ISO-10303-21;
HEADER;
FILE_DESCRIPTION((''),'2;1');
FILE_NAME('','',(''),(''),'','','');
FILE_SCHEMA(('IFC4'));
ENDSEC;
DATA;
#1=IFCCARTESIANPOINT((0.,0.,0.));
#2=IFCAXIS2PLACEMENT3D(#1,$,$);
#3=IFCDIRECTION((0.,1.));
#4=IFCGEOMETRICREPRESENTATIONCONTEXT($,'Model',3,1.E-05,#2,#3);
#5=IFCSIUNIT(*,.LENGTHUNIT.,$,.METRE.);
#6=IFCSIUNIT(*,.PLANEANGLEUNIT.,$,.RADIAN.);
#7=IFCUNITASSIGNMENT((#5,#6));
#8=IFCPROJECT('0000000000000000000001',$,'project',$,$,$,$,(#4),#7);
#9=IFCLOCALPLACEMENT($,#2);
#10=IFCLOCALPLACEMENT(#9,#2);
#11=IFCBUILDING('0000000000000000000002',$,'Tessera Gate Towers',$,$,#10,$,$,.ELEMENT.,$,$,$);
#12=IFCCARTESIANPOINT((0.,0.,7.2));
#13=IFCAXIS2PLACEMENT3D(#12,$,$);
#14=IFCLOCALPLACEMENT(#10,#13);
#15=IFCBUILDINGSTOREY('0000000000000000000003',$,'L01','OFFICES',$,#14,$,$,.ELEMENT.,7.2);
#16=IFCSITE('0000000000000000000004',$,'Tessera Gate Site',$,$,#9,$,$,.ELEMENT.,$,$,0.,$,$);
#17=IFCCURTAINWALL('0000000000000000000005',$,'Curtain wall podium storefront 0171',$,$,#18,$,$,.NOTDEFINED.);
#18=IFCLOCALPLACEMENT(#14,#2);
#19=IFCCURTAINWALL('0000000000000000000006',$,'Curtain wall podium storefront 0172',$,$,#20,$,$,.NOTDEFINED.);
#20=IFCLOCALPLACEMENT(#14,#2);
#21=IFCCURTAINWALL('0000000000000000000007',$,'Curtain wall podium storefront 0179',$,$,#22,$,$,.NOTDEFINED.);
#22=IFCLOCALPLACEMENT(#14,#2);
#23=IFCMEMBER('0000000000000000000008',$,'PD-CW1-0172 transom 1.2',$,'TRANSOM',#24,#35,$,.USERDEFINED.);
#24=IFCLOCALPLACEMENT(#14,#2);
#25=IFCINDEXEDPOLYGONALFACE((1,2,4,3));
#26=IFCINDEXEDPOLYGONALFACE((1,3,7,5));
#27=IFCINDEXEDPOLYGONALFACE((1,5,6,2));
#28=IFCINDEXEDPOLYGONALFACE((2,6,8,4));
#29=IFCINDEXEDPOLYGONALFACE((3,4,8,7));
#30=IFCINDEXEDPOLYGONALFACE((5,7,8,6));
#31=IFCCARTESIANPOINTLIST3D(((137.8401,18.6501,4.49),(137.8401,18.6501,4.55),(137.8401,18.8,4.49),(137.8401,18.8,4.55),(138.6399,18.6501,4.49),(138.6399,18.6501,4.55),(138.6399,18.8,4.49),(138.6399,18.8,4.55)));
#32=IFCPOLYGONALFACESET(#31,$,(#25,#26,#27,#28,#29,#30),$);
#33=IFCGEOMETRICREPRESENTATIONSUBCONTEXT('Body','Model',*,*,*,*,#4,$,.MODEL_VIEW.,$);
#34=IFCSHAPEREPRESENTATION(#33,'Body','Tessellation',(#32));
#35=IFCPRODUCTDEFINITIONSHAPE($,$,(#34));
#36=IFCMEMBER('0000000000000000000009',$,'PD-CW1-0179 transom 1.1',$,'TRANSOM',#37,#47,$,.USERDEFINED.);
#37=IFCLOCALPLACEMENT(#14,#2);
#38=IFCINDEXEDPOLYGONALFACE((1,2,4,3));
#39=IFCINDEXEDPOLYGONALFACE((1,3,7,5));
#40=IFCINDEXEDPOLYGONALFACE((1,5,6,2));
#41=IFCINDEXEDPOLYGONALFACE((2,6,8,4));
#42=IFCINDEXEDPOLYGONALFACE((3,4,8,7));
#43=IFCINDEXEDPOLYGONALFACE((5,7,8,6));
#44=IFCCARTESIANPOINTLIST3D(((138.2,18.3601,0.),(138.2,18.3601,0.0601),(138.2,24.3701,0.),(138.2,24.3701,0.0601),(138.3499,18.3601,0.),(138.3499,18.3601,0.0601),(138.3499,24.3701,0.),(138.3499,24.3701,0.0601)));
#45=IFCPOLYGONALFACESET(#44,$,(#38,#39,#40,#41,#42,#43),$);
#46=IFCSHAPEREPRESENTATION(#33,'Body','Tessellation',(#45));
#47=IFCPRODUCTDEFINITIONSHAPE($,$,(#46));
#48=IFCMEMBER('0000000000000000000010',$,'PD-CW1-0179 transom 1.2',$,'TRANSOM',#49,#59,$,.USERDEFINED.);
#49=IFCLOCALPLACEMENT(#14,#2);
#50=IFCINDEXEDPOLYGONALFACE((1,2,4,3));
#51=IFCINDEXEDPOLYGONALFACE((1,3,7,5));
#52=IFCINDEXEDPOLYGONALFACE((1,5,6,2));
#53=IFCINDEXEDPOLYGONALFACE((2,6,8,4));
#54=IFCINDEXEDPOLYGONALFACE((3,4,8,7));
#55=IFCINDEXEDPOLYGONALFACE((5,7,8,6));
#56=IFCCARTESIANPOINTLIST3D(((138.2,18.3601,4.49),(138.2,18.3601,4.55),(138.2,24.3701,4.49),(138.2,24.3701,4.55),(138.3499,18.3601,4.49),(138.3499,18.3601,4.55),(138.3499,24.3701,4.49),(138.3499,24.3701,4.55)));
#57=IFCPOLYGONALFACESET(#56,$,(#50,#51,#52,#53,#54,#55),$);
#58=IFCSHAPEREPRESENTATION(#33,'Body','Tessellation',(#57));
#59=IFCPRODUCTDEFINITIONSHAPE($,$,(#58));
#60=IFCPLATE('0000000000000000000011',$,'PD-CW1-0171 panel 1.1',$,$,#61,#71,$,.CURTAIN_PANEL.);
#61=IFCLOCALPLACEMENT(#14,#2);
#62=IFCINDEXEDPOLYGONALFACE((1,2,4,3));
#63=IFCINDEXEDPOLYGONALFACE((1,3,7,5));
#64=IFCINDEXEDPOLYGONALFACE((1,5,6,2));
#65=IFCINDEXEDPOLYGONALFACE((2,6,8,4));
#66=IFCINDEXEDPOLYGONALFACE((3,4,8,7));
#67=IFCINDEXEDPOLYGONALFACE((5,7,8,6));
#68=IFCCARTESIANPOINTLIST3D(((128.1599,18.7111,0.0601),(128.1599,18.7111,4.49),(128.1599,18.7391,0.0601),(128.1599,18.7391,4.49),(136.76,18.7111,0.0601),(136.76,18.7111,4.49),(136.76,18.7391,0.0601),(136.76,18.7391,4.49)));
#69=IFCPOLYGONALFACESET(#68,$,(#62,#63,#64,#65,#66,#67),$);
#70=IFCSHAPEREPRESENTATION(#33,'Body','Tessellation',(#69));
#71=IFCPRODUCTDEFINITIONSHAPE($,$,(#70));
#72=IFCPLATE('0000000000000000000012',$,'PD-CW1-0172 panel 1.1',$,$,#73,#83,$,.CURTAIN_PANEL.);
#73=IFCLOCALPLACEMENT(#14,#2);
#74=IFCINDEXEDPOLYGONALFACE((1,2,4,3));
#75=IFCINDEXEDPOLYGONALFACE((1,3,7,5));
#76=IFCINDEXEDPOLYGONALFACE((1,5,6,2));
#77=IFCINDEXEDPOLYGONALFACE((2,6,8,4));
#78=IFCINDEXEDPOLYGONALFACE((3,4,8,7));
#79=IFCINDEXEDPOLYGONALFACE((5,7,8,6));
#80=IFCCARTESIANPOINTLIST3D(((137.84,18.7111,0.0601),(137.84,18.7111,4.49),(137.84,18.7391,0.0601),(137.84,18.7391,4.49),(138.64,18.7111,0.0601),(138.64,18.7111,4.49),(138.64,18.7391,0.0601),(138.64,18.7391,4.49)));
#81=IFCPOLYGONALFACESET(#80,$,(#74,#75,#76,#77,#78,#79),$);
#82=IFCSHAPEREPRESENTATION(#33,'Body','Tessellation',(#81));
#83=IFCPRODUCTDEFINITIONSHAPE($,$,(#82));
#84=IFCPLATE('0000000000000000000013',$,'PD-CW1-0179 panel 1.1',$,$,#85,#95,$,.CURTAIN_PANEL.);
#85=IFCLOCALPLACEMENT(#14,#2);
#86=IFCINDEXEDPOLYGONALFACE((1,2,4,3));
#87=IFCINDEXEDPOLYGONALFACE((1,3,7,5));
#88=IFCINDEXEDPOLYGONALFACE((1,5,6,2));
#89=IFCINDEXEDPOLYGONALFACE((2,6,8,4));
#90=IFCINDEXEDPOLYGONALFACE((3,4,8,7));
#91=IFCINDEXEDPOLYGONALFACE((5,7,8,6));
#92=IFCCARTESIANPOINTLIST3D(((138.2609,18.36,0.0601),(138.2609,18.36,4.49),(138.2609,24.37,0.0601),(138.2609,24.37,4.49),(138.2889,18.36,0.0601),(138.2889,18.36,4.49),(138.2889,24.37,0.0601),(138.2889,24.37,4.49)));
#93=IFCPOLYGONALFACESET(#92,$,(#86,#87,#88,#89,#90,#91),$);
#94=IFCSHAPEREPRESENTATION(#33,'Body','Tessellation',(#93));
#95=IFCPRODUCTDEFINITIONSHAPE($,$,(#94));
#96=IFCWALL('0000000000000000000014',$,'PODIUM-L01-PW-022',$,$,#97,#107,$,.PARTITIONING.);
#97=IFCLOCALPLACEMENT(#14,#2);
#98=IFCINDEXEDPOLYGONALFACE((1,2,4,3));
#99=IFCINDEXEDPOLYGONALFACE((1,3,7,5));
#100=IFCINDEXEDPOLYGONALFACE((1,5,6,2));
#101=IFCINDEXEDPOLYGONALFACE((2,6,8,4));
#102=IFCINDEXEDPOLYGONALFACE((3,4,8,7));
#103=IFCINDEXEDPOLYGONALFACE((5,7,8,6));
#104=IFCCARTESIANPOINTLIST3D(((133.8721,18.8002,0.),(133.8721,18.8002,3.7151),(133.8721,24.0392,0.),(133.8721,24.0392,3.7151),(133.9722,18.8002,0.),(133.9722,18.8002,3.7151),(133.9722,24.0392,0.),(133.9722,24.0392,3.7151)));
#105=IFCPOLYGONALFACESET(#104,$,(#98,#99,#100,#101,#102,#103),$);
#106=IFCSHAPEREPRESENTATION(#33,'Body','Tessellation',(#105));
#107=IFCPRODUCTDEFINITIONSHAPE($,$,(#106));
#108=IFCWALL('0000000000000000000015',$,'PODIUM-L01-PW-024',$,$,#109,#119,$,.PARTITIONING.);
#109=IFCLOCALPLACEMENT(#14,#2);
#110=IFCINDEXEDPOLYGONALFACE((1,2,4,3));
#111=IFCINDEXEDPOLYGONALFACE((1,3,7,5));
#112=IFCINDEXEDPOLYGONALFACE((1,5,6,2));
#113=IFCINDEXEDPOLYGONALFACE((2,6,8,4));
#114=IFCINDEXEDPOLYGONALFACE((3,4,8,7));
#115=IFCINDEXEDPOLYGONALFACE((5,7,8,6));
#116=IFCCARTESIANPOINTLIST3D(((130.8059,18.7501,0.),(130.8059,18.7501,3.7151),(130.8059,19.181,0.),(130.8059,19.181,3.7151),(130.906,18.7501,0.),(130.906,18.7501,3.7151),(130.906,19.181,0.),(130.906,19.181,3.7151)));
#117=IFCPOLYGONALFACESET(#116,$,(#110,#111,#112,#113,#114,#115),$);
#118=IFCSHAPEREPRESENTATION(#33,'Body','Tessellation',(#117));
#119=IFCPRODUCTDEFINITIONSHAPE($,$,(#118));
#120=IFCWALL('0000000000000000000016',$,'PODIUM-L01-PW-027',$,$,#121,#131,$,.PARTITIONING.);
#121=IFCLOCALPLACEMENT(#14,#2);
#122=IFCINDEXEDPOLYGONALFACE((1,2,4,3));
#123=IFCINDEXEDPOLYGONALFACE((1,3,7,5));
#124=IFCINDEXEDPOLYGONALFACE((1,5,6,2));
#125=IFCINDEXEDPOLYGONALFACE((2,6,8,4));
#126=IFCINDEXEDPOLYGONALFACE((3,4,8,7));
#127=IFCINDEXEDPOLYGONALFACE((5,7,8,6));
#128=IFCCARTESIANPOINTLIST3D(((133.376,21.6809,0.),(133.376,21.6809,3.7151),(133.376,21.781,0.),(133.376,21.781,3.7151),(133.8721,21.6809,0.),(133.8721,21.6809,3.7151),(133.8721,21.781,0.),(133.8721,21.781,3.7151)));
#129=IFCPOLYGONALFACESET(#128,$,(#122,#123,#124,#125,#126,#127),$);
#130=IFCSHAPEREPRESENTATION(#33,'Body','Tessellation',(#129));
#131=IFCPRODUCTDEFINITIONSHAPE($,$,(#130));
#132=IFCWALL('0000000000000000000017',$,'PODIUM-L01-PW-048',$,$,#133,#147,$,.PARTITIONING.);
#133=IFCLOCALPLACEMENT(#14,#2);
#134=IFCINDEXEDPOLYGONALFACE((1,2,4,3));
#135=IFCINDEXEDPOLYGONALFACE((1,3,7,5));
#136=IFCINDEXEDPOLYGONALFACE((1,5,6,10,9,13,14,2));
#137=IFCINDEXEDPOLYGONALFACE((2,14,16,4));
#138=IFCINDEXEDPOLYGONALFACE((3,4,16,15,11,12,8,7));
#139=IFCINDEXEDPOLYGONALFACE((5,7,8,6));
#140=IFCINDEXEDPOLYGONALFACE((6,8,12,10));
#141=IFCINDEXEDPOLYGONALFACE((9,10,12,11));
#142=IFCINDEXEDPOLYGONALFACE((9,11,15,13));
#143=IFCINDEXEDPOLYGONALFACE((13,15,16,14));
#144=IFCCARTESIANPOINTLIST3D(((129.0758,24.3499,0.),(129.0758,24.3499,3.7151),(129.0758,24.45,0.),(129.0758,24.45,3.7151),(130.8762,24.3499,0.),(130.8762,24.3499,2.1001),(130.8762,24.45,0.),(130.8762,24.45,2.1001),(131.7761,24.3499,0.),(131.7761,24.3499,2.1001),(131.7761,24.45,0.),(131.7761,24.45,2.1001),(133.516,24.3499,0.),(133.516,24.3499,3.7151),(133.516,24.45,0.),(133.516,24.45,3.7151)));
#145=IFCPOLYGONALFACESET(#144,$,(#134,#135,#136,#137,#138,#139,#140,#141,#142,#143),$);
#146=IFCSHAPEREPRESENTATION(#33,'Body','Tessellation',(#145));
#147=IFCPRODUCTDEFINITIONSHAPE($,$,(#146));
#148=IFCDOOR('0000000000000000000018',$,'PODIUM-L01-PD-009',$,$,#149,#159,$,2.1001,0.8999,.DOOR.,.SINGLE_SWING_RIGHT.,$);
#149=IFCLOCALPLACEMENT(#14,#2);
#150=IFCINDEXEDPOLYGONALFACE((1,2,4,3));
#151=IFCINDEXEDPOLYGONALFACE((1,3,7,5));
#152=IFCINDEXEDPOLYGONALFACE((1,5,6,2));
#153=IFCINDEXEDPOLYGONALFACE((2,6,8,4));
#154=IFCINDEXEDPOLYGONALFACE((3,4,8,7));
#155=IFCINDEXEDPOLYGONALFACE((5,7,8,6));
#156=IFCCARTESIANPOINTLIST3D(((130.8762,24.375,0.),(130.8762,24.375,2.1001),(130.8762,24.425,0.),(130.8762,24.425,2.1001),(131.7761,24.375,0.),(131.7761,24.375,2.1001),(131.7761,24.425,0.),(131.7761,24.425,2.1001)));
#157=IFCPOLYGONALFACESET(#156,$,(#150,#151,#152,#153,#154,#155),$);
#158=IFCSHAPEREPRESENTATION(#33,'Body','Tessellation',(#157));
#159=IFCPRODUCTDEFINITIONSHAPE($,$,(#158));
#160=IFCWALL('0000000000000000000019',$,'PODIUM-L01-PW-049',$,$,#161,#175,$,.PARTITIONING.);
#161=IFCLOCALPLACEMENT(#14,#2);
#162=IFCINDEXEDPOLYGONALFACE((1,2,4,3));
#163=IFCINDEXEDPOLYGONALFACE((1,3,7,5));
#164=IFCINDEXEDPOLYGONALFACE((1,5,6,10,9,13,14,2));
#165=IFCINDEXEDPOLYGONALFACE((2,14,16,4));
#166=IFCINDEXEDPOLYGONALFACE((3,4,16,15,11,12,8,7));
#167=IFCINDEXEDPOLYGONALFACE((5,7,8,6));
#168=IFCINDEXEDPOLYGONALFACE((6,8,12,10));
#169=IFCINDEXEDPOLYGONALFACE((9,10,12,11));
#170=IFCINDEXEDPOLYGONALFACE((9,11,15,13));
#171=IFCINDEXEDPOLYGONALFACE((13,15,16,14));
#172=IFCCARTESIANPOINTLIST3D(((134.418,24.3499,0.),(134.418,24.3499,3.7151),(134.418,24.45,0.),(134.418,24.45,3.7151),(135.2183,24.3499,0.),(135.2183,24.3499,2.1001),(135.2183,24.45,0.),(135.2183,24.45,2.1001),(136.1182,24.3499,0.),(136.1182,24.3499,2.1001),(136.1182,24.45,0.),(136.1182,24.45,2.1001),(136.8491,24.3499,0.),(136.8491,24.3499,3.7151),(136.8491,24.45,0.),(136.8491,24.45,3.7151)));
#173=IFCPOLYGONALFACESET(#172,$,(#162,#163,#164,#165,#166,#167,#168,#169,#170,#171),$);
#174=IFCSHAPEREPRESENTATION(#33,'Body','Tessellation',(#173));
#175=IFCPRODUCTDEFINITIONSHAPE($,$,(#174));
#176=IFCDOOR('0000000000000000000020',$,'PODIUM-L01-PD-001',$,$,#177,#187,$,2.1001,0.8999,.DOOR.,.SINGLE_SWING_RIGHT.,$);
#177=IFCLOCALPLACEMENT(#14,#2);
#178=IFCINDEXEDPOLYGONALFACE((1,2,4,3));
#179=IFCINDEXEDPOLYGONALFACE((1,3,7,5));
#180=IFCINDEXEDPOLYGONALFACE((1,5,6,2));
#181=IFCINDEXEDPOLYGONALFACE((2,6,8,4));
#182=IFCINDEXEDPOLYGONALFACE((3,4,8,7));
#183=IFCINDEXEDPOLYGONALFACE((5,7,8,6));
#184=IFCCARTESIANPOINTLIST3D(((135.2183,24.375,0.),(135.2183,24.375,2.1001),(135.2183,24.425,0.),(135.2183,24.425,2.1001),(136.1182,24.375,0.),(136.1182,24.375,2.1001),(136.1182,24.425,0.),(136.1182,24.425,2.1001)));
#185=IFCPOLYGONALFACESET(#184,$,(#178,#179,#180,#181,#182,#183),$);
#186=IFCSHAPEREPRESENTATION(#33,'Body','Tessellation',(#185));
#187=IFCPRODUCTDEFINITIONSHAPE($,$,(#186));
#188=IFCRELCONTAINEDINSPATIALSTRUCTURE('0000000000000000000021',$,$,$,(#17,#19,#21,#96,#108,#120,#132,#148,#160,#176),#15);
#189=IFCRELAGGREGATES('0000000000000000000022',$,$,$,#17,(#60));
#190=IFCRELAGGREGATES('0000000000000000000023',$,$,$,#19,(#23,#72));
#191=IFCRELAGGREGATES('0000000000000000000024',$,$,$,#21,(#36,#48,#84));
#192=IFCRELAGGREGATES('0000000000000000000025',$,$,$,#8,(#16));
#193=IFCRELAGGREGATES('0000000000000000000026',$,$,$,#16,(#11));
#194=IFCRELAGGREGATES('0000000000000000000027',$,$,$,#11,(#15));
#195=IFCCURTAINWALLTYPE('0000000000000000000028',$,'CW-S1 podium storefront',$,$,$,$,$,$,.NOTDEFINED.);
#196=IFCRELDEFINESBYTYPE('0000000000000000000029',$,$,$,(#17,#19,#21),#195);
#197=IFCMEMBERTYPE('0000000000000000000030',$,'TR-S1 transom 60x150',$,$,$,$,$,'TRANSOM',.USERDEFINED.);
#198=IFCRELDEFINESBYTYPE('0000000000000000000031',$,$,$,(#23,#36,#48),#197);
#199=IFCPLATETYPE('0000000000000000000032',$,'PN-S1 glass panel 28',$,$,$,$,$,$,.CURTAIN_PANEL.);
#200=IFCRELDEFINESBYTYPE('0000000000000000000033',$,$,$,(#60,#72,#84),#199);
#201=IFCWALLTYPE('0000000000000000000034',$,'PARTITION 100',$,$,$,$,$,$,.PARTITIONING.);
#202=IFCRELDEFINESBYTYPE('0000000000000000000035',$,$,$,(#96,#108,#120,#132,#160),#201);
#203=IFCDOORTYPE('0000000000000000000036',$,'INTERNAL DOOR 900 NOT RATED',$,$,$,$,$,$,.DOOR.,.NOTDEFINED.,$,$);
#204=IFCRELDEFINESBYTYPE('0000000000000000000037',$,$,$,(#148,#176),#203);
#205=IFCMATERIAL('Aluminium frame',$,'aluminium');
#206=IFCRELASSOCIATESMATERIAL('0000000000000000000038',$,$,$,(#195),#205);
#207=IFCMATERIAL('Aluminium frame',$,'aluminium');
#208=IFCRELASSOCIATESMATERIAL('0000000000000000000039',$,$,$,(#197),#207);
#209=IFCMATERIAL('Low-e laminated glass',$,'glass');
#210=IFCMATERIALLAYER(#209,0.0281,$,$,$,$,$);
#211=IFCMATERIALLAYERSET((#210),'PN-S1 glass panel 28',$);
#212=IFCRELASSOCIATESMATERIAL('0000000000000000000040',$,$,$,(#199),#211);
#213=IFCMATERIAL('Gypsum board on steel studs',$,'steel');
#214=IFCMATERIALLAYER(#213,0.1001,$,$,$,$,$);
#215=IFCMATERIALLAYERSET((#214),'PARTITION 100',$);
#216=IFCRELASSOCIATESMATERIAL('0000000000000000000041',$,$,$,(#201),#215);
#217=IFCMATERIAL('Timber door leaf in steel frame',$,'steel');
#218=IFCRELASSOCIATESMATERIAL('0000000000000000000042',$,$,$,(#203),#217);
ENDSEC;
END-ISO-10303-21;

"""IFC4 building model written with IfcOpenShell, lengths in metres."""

from ifc_helpers import new_model, si_unit, direction, frame, frame_2d, origin, origin_2d, place, context, subcontext, project, spatial, rectangle, extrude, source, transform, mapped, material, layer, layer_set, material_profile, profile_set, type_object, element, fill, aggregate, save


model = new_model("IFC4")

# Units and contexts
model_context = context("Model", 3, precision=1e-05, world=origin(), true_north=direction((0.0, 1.0)))
body_context = subcontext(model_context, "Body", "Model", "MODEL_VIEW")
ifc_project = project(units=[si_unit("LENGTHUNIT", "METRE"), si_unit("PLANEANGLEUNIT", "RADIAN")], contexts=[model_context])

# Site, building, storey
site_placement = place(None, origin())
site = spatial("IfcSite", under=ifc_project, at=site_placement, Name="Tessera Gate Site", CompositionType="ELEMENT", RefElevation=0.0)
building_placement = place(site_placement, origin())
building = spatial("IfcBuilding", under=site, at=building_placement, Name="Tessera Gate Towers", CompositionType="ELEMENT")
storey_placement = place(building_placement, frame((0.0, 0.0, 7.2)))
storey = spatial("IfcBuildingStorey", under=building, at=storey_placement, Name="L01", Description="OFFICES", CompositionType="ELEMENT", Elevation=7.2)

# Curtain wall
ifc_material_1 = material(Name="Aluminium frame", Category="aluminium")
curtain_wall_type = type_object("IfcCurtainWallType", Name="CW-S1 podium storefront", PredefinedType="NOTDEFINED", material=ifc_material_1)
curtain_wall_1_placement = place(storey_placement, origin())
curtain_wall_1 = element("IfcCurtainWall", 1, at=curtain_wall_1_placement, inside=storey, type_object=curtain_wall_type, Name="Curtain wall podium storefront 0171", PredefinedType="NOTDEFINED")

# Curtain wall
curtain_wall_2_placement = place(storey_placement, origin())
curtain_wall_2 = element("IfcCurtainWall", 2, at=curtain_wall_2_placement, inside=storey, type_object=curtain_wall_type, Name="Curtain wall podium storefront 0172", PredefinedType="NOTDEFINED")

# Curtain wall
curtain_wall_3_placement = place(storey_placement, origin())
curtain_wall_3 = element("IfcCurtainWall", 3, at=curtain_wall_3_placement, inside=storey, type_object=curtain_wall_type, Name="Curtain wall podium storefront 0179", PredefinedType="NOTDEFINED")

# Members
ifc_material_2 = material(Name="Aluminium frame", Category="aluminium")
ifc_material_profile_1 = material_profile(ifc_material_2, rectangle(XDim=0.1499, YDim=0.0601, at=origin_2d()), Name="AL 60x150")
ifc_profile_set_1 = profile_set([ifc_material_profile_1], Name="Aluminium frame")
member_type_1 = type_object("IfcMemberType", Name="TR-S1 transom 60x150", ElementType="TRANSOM", PredefinedType="USERDEFINED", material=ifc_profile_set_1)
member_1_placement = place(storey_placement, frame((137.8401, 18.7251, 4.52), z_axis=(1.0, 0.0, 0.0), x_axis=(0.0, 1.0, 0.0)))
member_1 = element("IfcMember", 4, at=member_1_placement, type_object=member_type_1, Name="PD-CW1-0172 transom 1.2", ObjectType="TRANSOM", PredefinedType="USERDEFINED", context=body_context, shape_type="SweptSolid", body=[
    extrude(rectangle(XDim=0.1499, YDim=0.0601, at=origin_2d()), origin(), (0.0, 0.0, 1.0), 0.7998),
])
member_2_placement = place(storey_placement, frame((138.2749, 18.3601, 0.03), z_axis=(0.0, 1.0, 0.0), x_axis=(-1.0, 0.0, 0.0)))
member_2 = element("IfcMember", 5, at=member_2_placement, type_object=member_type_1, Name="PD-CW1-0179 transom 1.1", ObjectType="TRANSOM", PredefinedType="USERDEFINED", context=body_context, shape_type="SweptSolid", body=[
    extrude(rectangle(XDim=0.1499, YDim=0.0601, at=origin_2d()), origin(), (0.0, 0.0, 1.0), 6.01),
])
member_3_placement = place(storey_placement, frame((138.2749, 18.3601, 4.52), z_axis=(0.0, 1.0, 0.0), x_axis=(-1.0, 0.0, 0.0)))
member_3 = element("IfcMember", 6, at=member_3_placement, type_object=member_type_1, Name="PD-CW1-0179 transom 1.2", ObjectType="TRANSOM", PredefinedType="USERDEFINED", context=body_context, shape_type="SweptSolid", body=[
    extrude(rectangle(XDim=0.1499, YDim=0.0601, at=origin_2d()), origin(), (0.0, 0.0, 1.0), 6.01),
])

# Plates
ifc_material_3 = material(Name="Low-e laminated glass", Category="glass")
ifc_layer_1 = layer(ifc_material_3, 0.0281)
ifc_layer_set_1 = layer_set([ifc_layer_1], Name="PN-S1 glass panel 28")
plate_type = type_object("IfcPlateType", Name="PN-S1 glass panel 28", PredefinedType="CURTAIN_PANEL", material=ifc_layer_set_1)
plate_1_placement = place(storey_placement, frame((132.46, 18.7251, 0.0601), z_axis=(0.0, 0.0, 1.0), x_axis=(1.0, 0.0, 0.0)))
plate_1 = element("IfcPlate", 7, at=plate_1_placement, type_object=plate_type, Name="PD-CW1-0171 panel 1.1", PredefinedType="CURTAIN_PANEL", context=body_context, shape_type="SweptSolid", body=[
    extrude(rectangle(XDim=8.6001, YDim=0.0281, at=origin_2d()), origin(), (0.0, 0.0, 1.0), 4.4299),
])
aggregate(curtain_wall_1, [plate_1])
plate_2_placement = place(storey_placement, frame((138.24, 18.7251, 0.0601), z_axis=(0.0, 0.0, 1.0), x_axis=(1.0, 0.0, 0.0)))
plate_2 = element("IfcPlate", 8, at=plate_2_placement, type_object=plate_type, Name="PD-CW1-0172 panel 1.1", PredefinedType="CURTAIN_PANEL", context=body_context, shape_type="SweptSolid", body=[
    extrude(rectangle(XDim=0.8, YDim=0.0281, at=origin_2d()), origin(), (0.0, 0.0, 1.0), 4.4299),
])
aggregate(curtain_wall_2, [member_1, plate_2])
plate_3_placement = place(storey_placement, frame((138.2749, 21.365, 0.0601), z_axis=(0.0, 0.0, 1.0), x_axis=(0.0, 1.0, 0.0)))
plate_3 = element("IfcPlate", 9, at=plate_3_placement, type_object=plate_type, Name="PD-CW1-0179 panel 1.1", PredefinedType="CURTAIN_PANEL", context=body_context, shape_type="SweptSolid", body=[
    extrude(rectangle(XDim=6.01, YDim=0.0281, at=origin_2d()), origin(), (0.0, 0.0, 1.0), 4.4299),
])
aggregate(curtain_wall_3, [member_2, member_3, plate_3])

# Walls
ifc_material_4 = material(Name="Gypsum board on steel studs", Category="steel")
ifc_layer_2 = layer(ifc_material_4, 0.1001)
ifc_layer_set_2 = layer_set([ifc_layer_2], Name="PARTITION 100")
wall_type = type_object("IfcWallType", Name="PARTITION 100", PredefinedType="PARTITIONING", material=ifc_layer_set_2)
wall_1_placement = place(storey_placement, frame((133.9221, 18.8, 0.0), z_axis=(0.0, 0.0, 1.0), x_axis=(0.0, 1.0, 0.0)))
element("IfcWall", 10, at=wall_1_placement, inside=storey, type_object=wall_type, Name="PODIUM-L01-PW-022", PredefinedType="PARTITIONING", context=body_context, shape_type="SweptSolid", body=[
    extrude(rectangle(XDim=5.239, YDim=0.1001, at=frame_2d((2.6196, 0.0))), origin(), (0.0, 0.0, 1.0), 3.7151),
])
wall_2_placement = place(storey_placement, frame((130.856, 19.1809, 0.0), z_axis=(0.0, 0.0, 1.0), x_axis=(0.0, -1.0, 0.0)))
element("IfcWall", 11, at=wall_2_placement, inside=storey, type_object=wall_type, Name="PODIUM-L01-PW-024", PredefinedType="PARTITIONING", context=body_context, shape_type="SweptSolid", body=[
    extrude(rectangle(XDim=0.4309, YDim=0.1001, at=frame_2d((0.2153, 0.0))), origin(), (0.0, 0.0, 1.0), 3.7151),
])
wall_3_placement = place(storey_placement, frame((133.376, 21.731, 0.0), z_axis=(0.0, 0.0, 1.0), x_axis=(1.0, 0.0, 0.0)))
element("IfcWall", 12, at=wall_3_placement, inside=storey, type_object=wall_type, Name="PODIUM-L01-PW-027", PredefinedType="PARTITIONING", context=body_context, shape_type="SweptSolid", body=[
    extrude(rectangle(XDim=0.4961, YDim=0.1001, at=frame_2d((0.248, 0.0))), origin(), (0.0, 0.0, 1.0), 3.7151),
])

# Walls, openings, doors
wall_4_placement = place(storey_placement, frame((133.5161, 24.3999, 0.0), z_axis=(0.0, 0.0, 1.0), x_axis=(-1.0, 0.0, 0.0)))
wall_4 = element("IfcWall", 13, at=wall_4_placement, inside=storey, type_object=wall_type, Name="PODIUM-L01-PW-048", PredefinedType="PARTITIONING", context=body_context, shape_type="SweptSolid", body=[
    extrude(rectangle(XDim=4.4402, YDim=0.1001, at=frame_2d((2.2202, 0.0))), origin(), (0.0, 0.0, 1.0), 3.7151),
])
shared_shape_1 = source(origin(), body_context, "Body", "SweptSolid", [
    extrude(rectangle(XDim=0.8999, YDim=2.1001, at=frame_2d((0.45, 1.05))), frame((0.0, 0.0601, 0.0), z_axis=(0.0, -1.0, 0.0), x_axis=(1.0, 0.0, 0.0)), (0.0, 0.0, 1.0), 0.1201),
])
opening_1_placement = place(wall_4_placement, frame((1.74, 0.0, 0.0)))
opening_1 = element("IfcOpeningElement", 14, at=opening_1_placement, cuts=wall_4, PredefinedType="OPENING", context=body_context, shape_type="MappedRepresentation", body=[
    mapped(shared_shape_1, transform((0.0, 0.0, 0.0), scale=1.0)),
])
ifc_material_5 = material(Name="Timber door leaf in steel frame", Category="steel")
door_type = type_object("IfcDoorType", Name="INTERNAL DOOR 900 NOT RATED", OperationType="NOTDEFINED", PredefinedType="DOOR", material=ifc_material_5)
shared_shape_2 = source(origin(), body_context, "Body", "SweptSolid", [
    extrude(rectangle(XDim=0.8999, YDim=2.1001, at=frame_2d((0.45, 1.05))), frame((0.0, 0.0249, 0.0), z_axis=(0.0, -1.0, 0.0), x_axis=(1.0, 0.0, 0.0)), (0.0, 0.0, 1.0), 0.05),
])
door_1_placement = place(opening_1_placement, origin())
door_1 = element("IfcDoor", 15, at=door_1_placement, inside=storey, type_object=door_type, Name="PODIUM-L01-PD-009", OperationType="SINGLE_SWING_RIGHT", OverallHeight=2.1001, OverallWidth=0.8999, PredefinedType="DOOR", context=body_context, shape_type="MappedRepresentation", body=[
    mapped(shared_shape_2, transform((0.0, 0.0, 0.0), scale=1.0)),
])
fill(opening_1, door_1)
wall_5_placement = place(storey_placement, frame((136.8491, 24.3999, 0.0), z_axis=(0.0, 0.0, 1.0), x_axis=(-1.0, 0.0, 0.0)))
wall_5 = element("IfcWall", 16, at=wall_5_placement, inside=storey, type_object=wall_type, Name="PODIUM-L01-PW-049", PredefinedType="PARTITIONING", context=body_context, shape_type="SweptSolid", body=[
    extrude(rectangle(XDim=2.4312, YDim=0.1001, at=frame_2d((1.2156, 0.0))), origin(), (0.0, 0.0, 1.0), 3.7151),
])
opening_2_placement = place(wall_5_placement, frame((0.731, 0.0, 0.0)))
opening_2 = element("IfcOpeningElement", 17, at=opening_2_placement, cuts=wall_5, PredefinedType="OPENING", context=body_context, shape_type="MappedRepresentation", body=[
    mapped(shared_shape_1, transform((0.0, 0.0, 0.0), scale=1.0)),
])
door_2_placement = place(opening_2_placement, origin())
door_2 = element("IfcDoor", 18, at=door_2_placement, inside=storey, type_object=door_type, Name="PODIUM-L01-PD-001", OperationType="SINGLE_SWING_RIGHT", OverallHeight=2.1001, OverallWidth=0.8999, PredefinedType="DOOR", context=body_context, shape_type="MappedRepresentation", body=[
    mapped(shared_shape_2, transform((0.0, 0.0, 0.0), scale=1.0)),
])
fill(opening_2, door_2)

save(model, "model.ifc")
